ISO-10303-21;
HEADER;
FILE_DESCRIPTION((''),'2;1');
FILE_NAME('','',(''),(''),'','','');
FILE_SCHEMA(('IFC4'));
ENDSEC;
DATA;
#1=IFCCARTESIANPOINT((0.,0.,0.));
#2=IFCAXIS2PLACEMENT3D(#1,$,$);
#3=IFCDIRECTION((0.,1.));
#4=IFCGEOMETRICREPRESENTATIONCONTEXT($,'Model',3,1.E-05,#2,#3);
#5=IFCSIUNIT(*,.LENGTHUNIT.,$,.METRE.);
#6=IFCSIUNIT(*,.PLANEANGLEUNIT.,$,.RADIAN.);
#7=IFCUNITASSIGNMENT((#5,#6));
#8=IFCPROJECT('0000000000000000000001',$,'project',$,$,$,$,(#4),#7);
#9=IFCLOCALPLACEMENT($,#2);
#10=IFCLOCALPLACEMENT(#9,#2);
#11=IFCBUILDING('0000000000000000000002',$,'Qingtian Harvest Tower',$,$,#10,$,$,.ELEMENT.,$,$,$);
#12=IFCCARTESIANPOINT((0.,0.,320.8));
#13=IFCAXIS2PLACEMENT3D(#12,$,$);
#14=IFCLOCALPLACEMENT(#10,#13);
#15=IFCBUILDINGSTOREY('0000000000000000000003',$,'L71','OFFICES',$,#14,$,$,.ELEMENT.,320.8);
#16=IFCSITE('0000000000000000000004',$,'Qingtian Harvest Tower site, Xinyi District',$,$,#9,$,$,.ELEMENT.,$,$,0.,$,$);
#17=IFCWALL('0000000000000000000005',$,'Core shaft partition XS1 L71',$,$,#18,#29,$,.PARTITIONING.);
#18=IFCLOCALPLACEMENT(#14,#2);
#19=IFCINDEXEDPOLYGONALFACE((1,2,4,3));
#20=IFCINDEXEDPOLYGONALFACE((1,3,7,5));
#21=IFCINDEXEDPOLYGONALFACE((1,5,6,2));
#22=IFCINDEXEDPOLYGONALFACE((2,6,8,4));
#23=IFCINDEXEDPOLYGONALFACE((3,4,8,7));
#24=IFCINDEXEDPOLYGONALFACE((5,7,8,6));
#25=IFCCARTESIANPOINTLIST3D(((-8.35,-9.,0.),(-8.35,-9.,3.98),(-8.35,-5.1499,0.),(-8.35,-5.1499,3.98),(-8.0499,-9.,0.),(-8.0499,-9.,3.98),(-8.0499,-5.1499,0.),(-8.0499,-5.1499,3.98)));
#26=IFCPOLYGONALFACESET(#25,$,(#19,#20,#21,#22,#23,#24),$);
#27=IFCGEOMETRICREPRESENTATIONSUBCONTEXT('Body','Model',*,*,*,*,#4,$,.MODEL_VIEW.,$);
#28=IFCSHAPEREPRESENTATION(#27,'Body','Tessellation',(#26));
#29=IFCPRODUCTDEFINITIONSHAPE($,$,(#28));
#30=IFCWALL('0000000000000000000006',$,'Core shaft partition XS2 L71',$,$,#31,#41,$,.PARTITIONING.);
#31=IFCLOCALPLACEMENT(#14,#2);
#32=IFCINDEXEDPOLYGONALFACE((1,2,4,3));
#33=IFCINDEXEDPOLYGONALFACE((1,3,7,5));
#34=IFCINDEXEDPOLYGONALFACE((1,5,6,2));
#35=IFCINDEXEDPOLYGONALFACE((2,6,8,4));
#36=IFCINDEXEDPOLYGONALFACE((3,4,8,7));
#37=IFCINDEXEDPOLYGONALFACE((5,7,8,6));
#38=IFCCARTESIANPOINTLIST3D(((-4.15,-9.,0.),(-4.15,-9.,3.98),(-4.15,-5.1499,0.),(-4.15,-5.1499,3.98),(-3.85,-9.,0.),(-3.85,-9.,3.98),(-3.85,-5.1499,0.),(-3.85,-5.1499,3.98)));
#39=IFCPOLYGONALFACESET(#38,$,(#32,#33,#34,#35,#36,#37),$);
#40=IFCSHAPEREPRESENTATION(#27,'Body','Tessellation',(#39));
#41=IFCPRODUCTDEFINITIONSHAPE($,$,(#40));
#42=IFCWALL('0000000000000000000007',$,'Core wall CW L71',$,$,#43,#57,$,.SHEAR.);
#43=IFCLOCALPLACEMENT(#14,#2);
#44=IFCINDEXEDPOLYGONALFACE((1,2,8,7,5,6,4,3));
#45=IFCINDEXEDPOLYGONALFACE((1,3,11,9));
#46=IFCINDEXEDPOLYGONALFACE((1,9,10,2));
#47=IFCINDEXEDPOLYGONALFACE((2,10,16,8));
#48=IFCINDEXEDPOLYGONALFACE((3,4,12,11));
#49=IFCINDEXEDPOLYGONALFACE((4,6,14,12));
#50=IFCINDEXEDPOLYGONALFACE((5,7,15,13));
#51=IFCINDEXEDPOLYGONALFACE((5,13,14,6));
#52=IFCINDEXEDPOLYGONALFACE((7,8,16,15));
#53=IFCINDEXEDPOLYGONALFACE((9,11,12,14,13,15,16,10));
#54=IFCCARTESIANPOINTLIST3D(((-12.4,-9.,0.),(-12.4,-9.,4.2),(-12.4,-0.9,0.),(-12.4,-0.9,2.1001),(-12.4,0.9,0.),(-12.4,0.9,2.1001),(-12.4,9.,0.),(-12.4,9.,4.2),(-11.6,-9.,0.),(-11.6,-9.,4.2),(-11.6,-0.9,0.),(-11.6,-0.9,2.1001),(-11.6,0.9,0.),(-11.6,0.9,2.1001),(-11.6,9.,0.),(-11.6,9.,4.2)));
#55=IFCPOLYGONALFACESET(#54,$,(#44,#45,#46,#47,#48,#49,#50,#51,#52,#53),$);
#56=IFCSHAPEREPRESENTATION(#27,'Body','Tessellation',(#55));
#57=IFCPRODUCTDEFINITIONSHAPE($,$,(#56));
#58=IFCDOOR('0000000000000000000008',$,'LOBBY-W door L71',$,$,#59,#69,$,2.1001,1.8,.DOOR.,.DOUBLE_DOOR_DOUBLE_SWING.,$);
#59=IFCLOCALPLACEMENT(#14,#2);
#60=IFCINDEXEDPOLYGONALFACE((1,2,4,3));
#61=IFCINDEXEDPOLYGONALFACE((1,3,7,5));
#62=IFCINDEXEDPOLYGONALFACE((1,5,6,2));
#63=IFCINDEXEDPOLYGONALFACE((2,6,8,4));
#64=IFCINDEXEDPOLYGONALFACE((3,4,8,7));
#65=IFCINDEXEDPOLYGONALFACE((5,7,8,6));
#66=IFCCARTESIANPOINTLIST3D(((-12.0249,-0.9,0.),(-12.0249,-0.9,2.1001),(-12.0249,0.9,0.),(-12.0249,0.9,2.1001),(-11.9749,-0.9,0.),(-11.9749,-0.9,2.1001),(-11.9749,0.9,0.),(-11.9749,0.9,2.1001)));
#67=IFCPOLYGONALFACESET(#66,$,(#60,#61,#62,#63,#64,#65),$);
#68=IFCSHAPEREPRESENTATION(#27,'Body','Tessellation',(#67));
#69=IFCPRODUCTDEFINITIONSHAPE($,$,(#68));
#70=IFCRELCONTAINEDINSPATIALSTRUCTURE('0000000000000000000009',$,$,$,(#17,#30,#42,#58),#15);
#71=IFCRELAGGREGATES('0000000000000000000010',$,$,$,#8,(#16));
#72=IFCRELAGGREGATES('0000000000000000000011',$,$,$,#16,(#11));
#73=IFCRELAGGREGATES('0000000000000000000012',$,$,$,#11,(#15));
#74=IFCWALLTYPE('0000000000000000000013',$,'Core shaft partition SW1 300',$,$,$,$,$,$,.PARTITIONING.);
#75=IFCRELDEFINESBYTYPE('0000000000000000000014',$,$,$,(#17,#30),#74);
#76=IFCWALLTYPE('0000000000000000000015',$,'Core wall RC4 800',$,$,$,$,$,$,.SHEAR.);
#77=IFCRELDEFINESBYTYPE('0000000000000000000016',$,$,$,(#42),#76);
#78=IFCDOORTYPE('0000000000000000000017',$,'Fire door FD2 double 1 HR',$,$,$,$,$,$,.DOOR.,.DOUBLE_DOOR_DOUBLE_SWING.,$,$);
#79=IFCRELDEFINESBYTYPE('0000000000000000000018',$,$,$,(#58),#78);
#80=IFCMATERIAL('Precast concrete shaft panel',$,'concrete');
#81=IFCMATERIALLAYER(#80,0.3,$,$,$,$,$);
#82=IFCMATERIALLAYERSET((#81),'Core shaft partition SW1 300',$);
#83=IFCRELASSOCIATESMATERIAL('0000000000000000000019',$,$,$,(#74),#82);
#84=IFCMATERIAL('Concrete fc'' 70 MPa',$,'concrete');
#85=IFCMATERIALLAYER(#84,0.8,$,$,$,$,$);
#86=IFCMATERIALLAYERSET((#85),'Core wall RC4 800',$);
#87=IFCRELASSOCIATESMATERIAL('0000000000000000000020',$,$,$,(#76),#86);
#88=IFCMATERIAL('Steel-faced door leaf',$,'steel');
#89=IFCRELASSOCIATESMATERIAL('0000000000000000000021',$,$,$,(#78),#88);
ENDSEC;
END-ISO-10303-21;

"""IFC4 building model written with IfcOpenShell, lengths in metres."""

from ifc_helpers import new_model, si_unit, direction, frame, frame_2d, origin, place, context, subcontext, project, spatial, rectangle, extrude, material, layer, layer_set, type_object, element, fill, save


model = new_model("IFC4")

# Units and contexts
model_context = context("Model", 3, precision=1e-05, world=origin(), true_north=direction((0.0, 1.0)))
body_context = subcontext(model_context, "Body", "Model", "MODEL_VIEW")
ifc_project = project(units=[si_unit("LENGTHUNIT", "METRE"), si_unit("PLANEANGLEUNIT", "RADIAN")], contexts=[model_context])

# Site, building, storey
site_placement = place(None, origin())
site = spatial("IfcSite", under=ifc_project, at=site_placement, Name="Qingtian Harvest Tower site, Xinyi District", CompositionType="ELEMENT", RefElevation=0.0)
building_placement = place(site_placement, origin())
building = spatial("IfcBuilding", under=site, at=building_placement, Name="Qingtian Harvest Tower", CompositionType="ELEMENT")
storey_placement = place(building_placement, frame((0.0, 0.0, 320.8)))
storey = spatial("IfcBuildingStorey", under=building, at=storey_placement, Name="L71", Description="OFFICES", CompositionType="ELEMENT", Elevation=320.8)

# Walls
ifc_material_1 = material(Name="Precast concrete shaft panel", Category="concrete")
ifc_layer_1 = layer(ifc_material_1, 0.3)
ifc_layer_set_1 = layer_set([ifc_layer_1], Name="Core shaft partition SW1 300")
wall_type_1 = type_object("IfcWallType", Name="Core shaft partition SW1 300", PredefinedType="PARTITIONING", material=ifc_layer_set_1)
for number, where, z_axis, x_axis, name in (
    (1, (-8.2, -9.0, 0.0), (0.0, 0.0, 1.0), (0.0, 1.0, 0.0), "Core shaft partition XS1 L71"),
    (2, (-4.0, -9.0, 0.0), (0.0, 0.0, 1.0), (0.0, 1.0, 0.0), "Core shaft partition XS2 L71"),
):
    element("IfcWall", number, at=place(storey_placement, frame(where, z_axis=z_axis, x_axis=x_axis)), inside=storey, type_object=wall_type_1, Name=name, PredefinedType="PARTITIONING", context=body_context, shape_type="SweptSolid", body=[
        extrude(rectangle(XDim=3.8501, YDim=0.3, at=frame_2d((1.925, 0.0))), origin(), (0.0, 0.0, 1.0), 3.98),
    ])

# Wall, opening, door
ifc_material_2 = material(Name="Concrete fc' 70 MPa", Category="concrete")
ifc_layer_2 = layer(ifc_material_2, 0.8)
ifc_layer_set_2 = layer_set([ifc_layer_2], Name="Core wall RC4 800")
wall_type_2 = type_object("IfcWallType", Name="Core wall RC4 800", PredefinedType="SHEAR", material=ifc_layer_set_2)
wall_1_placement = place(storey_placement, frame((-12.0, -9.0, 0.0), z_axis=(0.0, 0.0, 1.0), x_axis=(0.0, 1.0, 0.0)))
wall_1 = element("IfcWall", 3, at=wall_1_placement, inside=storey, type_object=wall_type_2, Name="Core wall CW L71", PredefinedType="SHEAR", context=body_context, shape_type="SweptSolid", body=[
    extrude(rectangle(XDim=18.0, YDim=0.8, at=frame_2d((9.0, 0.0))), origin(), (0.0, 0.0, 1.0), 4.2),
])
opening_1_placement = place(wall_1_placement, frame((8.1001, 0.0, 0.0)))
opening_1 = element("IfcOpeningElement", 4, at=opening_1_placement, cuts=wall_1, PredefinedType="OPENING", context=body_context, shape_type="SweptSolid", body=[
    extrude(rectangle(XDim=1.8, YDim=2.1001, at=frame_2d((0.8999, 1.05))), frame((0.0, 0.4099, 0.0), z_axis=(0.0, -1.0, 0.0), x_axis=(1.0, 0.0, 0.0)), (0.0, 0.0, 1.0), 0.8201),
])
ifc_material_3 = material(Name="Steel-faced door leaf", Category="steel")
door_type_1 = type_object("IfcDoorType", Name="Fire door FD2 double 1 HR", OperationType="DOUBLE_DOOR_DOUBLE_SWING", PredefinedType="DOOR", material=ifc_material_3)
door_1_placement = place(opening_1_placement, origin())
door_1 = element("IfcDoor", 5, at=door_1_placement, inside=storey, type_object=door_type_1, Name="LOBBY-W door L71", OperationType="DOUBLE_DOOR_DOUBLE_SWING", OverallHeight=2.1001, OverallWidth=1.8, PredefinedType="DOOR", context=body_context, shape_type="SweptSolid", body=[
    extrude(rectangle(XDim=1.8, YDim=2.1001, at=frame_2d((0.8999, 1.05))), frame((0.0, 0.0249, 0.0), z_axis=(0.0, -1.0, 0.0), x_axis=(1.0, 0.0, 0.0)), (0.0, 0.0, 1.0), 0.05),
])
fill(opening_1, door_1)

save(model, "model.ifc")
